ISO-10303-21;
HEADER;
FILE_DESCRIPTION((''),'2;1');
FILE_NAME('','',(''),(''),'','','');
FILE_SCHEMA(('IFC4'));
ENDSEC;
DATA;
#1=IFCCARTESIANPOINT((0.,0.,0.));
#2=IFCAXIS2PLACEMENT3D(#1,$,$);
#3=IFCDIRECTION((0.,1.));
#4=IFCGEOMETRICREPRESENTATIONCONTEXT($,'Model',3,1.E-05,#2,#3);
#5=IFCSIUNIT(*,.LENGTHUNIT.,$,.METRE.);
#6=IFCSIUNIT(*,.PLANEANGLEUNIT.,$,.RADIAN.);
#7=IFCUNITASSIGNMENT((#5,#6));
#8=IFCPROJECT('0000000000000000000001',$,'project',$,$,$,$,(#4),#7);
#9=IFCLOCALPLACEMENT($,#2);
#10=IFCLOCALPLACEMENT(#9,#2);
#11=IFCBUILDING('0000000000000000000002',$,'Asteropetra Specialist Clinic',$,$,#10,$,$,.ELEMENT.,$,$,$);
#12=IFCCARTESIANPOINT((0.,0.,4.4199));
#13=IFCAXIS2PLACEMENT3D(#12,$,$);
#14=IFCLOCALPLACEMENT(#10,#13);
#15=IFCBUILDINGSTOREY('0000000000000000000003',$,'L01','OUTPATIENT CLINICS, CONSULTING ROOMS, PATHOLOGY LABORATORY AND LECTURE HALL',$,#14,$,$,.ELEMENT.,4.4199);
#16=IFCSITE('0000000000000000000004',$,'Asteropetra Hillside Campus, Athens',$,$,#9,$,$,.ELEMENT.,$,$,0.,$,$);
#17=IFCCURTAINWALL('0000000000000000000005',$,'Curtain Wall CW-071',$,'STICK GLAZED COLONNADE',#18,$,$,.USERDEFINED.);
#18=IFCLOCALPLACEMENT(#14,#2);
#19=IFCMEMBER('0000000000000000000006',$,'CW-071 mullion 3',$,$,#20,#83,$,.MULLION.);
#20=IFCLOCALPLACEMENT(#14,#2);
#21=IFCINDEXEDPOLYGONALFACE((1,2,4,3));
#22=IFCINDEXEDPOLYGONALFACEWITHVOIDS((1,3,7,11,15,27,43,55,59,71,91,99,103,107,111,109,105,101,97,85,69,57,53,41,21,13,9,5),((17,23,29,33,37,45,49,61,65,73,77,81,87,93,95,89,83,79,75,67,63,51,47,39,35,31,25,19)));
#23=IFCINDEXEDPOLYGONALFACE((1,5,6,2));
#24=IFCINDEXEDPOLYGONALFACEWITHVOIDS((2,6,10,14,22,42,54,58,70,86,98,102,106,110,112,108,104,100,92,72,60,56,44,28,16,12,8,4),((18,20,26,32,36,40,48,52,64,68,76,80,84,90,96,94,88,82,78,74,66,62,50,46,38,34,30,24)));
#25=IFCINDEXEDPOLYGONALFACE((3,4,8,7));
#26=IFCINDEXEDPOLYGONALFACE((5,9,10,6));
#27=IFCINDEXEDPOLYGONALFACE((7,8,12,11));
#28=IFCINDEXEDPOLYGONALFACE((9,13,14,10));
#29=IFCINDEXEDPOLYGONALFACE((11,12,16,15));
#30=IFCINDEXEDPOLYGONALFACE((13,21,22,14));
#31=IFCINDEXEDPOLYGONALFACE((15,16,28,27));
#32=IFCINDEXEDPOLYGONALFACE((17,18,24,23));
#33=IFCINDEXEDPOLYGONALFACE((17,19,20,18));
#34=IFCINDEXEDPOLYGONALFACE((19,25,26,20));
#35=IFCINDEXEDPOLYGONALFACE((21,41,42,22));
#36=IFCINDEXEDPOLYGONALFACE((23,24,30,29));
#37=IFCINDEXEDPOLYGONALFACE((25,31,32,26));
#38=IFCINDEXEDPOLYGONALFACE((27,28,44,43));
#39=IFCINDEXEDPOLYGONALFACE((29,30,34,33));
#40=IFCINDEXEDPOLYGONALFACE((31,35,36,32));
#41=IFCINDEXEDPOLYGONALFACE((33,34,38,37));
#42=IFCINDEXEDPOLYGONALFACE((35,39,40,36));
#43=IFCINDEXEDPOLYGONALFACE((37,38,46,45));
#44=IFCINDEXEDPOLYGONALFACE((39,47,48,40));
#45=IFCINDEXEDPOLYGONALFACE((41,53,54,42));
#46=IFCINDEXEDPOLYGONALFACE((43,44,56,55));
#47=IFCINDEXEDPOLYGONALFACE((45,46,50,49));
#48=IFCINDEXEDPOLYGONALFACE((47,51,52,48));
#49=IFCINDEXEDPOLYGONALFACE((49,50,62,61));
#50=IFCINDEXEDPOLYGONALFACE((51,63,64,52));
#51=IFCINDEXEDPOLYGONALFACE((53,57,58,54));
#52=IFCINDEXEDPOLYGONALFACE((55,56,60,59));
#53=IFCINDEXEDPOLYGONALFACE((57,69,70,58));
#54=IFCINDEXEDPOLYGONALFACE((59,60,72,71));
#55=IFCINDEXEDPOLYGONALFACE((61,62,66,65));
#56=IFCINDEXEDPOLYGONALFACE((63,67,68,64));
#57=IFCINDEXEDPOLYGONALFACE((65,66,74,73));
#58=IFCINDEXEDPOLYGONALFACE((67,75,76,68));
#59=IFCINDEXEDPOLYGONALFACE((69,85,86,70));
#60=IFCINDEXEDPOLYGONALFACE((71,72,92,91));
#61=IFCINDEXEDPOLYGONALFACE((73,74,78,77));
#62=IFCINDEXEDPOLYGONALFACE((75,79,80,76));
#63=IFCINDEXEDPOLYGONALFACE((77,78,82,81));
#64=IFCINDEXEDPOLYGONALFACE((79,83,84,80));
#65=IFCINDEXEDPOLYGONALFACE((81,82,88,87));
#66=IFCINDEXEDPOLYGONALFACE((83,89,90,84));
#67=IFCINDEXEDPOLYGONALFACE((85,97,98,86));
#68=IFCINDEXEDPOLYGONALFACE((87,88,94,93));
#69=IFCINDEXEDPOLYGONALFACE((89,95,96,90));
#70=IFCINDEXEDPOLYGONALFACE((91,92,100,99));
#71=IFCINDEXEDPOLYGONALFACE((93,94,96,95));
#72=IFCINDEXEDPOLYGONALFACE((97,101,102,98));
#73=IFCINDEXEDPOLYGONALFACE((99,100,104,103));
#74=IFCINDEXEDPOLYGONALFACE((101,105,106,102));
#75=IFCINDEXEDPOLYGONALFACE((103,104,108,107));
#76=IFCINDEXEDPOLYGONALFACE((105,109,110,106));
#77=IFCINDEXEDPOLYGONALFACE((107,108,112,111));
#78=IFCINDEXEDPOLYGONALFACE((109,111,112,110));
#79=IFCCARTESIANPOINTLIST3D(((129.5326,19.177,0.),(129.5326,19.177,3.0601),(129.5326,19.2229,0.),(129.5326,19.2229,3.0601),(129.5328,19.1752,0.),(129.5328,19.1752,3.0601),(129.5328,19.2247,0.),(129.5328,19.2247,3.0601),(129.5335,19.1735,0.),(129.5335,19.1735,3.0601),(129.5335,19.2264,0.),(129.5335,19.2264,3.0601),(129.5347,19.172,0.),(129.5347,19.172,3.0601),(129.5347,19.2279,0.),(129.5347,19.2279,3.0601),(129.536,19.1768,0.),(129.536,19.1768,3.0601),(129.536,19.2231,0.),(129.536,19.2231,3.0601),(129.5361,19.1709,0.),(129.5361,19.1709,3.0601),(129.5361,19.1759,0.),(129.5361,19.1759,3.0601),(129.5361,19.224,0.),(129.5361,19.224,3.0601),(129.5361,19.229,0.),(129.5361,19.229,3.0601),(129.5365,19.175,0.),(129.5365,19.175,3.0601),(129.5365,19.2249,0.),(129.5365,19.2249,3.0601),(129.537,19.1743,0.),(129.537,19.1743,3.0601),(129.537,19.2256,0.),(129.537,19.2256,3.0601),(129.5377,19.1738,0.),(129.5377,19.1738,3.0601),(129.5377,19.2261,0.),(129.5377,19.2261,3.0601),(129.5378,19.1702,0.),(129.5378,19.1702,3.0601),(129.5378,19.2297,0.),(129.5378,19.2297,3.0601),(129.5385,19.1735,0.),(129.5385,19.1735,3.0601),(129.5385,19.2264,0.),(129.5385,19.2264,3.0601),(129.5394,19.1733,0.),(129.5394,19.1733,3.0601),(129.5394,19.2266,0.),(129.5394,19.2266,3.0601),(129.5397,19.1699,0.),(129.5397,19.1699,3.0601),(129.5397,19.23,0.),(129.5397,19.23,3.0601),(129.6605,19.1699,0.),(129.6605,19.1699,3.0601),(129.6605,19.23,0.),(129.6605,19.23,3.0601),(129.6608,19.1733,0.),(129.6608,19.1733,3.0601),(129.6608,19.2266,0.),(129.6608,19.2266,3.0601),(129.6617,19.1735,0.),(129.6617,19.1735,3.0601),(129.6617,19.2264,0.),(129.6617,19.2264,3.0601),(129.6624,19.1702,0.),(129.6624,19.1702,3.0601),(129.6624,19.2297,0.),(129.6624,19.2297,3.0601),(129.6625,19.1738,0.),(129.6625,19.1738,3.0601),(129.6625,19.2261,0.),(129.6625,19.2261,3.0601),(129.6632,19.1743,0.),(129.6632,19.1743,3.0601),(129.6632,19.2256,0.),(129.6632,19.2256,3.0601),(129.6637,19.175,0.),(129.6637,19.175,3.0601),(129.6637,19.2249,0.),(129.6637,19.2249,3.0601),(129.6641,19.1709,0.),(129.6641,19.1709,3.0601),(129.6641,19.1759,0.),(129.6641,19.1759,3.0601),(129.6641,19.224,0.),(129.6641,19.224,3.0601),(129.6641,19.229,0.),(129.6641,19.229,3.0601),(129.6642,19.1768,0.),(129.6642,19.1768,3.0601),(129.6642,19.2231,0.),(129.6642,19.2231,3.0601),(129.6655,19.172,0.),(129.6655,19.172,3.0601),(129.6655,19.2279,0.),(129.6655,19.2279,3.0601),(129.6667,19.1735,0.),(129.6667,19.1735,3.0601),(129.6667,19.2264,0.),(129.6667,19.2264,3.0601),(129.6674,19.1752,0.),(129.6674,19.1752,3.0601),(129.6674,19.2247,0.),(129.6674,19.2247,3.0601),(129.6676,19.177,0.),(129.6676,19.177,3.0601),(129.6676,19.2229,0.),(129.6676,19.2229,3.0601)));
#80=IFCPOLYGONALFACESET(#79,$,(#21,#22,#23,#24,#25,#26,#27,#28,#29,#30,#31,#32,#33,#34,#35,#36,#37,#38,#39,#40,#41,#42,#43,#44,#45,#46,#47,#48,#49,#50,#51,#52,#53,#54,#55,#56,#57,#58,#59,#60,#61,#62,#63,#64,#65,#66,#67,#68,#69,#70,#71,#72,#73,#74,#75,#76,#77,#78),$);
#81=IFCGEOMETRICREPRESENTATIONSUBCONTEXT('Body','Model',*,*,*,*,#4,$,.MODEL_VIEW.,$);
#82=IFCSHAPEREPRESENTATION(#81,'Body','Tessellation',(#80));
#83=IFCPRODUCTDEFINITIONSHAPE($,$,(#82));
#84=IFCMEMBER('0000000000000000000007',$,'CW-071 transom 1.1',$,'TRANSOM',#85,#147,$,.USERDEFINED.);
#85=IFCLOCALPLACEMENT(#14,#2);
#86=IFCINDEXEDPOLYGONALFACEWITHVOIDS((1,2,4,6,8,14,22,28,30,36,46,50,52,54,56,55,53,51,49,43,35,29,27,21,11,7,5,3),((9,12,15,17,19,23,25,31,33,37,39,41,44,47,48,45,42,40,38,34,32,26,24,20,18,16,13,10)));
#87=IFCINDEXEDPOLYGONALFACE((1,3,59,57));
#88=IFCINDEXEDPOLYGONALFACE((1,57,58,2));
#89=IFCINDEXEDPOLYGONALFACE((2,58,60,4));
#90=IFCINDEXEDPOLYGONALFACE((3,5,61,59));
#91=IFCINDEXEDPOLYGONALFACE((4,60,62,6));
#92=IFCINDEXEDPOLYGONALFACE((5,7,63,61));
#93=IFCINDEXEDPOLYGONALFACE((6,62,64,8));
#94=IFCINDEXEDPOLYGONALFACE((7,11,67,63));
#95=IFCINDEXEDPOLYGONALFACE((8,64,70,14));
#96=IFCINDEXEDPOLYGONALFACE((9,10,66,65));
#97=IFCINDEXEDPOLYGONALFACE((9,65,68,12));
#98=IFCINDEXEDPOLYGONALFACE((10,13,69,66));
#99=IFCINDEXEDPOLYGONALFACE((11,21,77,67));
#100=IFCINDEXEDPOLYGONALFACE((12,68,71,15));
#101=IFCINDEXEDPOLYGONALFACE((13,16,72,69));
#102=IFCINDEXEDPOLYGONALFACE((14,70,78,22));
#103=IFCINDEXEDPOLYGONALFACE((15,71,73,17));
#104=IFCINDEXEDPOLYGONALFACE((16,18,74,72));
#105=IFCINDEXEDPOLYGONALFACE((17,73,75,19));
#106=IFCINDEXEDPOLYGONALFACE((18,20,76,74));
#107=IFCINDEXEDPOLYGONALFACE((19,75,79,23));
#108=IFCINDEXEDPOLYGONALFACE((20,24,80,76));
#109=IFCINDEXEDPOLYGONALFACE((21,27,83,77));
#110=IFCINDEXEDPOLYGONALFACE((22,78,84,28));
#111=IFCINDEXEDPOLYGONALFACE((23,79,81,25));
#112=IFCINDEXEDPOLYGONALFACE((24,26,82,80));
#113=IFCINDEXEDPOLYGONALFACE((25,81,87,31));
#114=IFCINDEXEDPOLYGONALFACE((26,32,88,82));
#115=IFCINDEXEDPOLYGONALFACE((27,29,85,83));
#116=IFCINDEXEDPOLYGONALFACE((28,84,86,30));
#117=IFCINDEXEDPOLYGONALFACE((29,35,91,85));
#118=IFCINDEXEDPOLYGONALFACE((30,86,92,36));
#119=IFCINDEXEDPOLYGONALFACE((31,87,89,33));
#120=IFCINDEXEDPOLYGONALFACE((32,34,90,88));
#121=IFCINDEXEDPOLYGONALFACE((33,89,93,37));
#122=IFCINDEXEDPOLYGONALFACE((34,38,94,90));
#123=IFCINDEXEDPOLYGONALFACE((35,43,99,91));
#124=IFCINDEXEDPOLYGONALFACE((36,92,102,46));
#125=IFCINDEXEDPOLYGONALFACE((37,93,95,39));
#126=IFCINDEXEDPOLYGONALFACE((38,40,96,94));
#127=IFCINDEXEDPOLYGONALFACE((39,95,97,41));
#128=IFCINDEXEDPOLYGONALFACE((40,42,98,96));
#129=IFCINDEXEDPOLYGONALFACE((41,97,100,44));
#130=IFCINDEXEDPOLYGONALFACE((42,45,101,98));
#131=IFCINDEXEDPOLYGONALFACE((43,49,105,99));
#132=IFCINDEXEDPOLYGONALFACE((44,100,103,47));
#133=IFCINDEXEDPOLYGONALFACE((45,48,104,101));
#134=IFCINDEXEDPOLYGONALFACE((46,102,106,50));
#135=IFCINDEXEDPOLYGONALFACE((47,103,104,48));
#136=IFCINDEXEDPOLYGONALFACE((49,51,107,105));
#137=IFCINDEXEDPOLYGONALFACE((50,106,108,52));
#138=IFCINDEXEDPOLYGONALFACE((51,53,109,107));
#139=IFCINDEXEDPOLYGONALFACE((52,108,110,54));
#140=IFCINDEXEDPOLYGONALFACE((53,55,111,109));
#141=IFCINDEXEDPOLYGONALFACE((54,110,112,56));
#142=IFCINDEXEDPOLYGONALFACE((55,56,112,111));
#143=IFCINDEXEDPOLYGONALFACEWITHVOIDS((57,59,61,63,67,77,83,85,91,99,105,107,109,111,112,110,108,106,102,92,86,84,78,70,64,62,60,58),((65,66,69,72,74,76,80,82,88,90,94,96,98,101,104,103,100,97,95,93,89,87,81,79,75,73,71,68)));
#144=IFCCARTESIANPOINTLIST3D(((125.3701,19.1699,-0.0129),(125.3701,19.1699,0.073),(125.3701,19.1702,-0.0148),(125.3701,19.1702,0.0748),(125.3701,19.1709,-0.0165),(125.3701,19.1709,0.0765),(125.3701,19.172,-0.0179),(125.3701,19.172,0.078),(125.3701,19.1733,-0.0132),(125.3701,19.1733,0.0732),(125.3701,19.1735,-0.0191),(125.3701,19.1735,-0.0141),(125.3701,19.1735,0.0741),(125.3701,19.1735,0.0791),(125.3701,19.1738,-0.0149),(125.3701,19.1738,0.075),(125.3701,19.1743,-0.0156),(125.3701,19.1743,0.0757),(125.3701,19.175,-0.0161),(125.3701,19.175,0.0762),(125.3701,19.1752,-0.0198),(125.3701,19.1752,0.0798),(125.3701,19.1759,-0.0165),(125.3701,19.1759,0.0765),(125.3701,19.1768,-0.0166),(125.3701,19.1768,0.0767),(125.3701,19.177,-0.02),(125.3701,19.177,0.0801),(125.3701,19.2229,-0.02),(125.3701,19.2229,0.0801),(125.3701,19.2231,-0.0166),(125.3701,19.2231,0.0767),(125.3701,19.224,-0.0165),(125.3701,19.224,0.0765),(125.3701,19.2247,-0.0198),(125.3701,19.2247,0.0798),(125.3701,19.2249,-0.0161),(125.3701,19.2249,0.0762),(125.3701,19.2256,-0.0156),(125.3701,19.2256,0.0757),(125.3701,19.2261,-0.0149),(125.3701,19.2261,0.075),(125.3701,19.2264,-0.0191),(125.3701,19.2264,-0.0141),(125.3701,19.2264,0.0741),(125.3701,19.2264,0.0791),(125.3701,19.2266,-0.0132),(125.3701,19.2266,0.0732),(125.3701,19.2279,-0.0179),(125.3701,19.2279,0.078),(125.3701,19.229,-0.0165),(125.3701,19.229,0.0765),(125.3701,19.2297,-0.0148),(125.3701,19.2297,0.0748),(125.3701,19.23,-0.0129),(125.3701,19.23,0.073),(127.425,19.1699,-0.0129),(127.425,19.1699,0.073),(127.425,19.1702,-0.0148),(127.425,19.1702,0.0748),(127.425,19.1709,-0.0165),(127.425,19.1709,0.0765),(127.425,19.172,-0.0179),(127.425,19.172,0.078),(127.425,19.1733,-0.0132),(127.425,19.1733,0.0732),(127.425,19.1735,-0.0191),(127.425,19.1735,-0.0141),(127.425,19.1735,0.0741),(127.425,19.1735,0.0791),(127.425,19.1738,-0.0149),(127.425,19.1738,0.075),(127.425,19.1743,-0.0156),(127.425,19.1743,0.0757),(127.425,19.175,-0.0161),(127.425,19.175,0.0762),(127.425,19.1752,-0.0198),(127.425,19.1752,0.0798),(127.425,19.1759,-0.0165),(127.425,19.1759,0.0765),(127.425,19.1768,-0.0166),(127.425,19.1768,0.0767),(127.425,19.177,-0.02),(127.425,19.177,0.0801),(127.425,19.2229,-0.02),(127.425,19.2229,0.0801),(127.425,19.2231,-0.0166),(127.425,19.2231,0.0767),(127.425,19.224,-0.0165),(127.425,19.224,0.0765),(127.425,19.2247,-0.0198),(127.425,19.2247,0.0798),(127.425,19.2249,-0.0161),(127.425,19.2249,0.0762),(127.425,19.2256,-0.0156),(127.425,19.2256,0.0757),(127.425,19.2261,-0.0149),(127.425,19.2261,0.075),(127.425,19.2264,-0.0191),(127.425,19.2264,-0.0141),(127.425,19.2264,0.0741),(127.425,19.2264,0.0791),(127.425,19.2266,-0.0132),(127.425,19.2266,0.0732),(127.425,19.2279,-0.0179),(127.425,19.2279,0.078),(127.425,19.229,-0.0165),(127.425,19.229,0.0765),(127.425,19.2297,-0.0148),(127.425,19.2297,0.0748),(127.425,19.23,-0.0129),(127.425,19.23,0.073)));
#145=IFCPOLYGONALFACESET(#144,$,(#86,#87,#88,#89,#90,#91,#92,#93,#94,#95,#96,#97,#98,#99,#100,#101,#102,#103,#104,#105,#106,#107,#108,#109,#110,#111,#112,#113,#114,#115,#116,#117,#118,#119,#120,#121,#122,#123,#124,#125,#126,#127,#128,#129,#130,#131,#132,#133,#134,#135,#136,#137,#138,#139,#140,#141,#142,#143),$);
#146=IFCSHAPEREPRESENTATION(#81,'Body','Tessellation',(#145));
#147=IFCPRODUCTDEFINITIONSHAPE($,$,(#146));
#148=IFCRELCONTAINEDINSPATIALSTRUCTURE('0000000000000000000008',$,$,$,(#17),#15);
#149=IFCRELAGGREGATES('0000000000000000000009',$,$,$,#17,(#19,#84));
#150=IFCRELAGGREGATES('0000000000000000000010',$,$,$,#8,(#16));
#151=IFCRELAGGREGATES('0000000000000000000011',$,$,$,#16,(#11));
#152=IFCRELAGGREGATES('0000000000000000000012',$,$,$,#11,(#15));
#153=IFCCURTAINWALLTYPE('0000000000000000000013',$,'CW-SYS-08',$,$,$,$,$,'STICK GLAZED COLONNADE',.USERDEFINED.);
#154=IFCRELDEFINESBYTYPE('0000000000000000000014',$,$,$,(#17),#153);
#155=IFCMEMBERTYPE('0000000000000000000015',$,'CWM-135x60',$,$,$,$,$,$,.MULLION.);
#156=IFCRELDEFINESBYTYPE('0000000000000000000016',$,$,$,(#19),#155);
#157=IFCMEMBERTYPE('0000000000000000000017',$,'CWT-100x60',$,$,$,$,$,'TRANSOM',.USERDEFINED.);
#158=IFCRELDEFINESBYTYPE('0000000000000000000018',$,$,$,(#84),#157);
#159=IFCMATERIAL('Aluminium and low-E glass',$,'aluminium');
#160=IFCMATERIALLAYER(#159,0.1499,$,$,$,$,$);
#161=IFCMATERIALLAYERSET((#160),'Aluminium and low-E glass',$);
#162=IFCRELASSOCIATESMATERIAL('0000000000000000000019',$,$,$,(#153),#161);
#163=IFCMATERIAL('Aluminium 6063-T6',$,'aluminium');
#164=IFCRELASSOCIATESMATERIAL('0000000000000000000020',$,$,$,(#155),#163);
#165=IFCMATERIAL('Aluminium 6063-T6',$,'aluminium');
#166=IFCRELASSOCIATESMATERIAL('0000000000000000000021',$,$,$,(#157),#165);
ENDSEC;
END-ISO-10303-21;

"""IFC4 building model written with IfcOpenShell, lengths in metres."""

from ifc_helpers import new_model, si_unit, direction, frame, origin, origin_2d, place, context, subcontext, project, spatial, hollow_rectangle, extrude, material, layer, layer_set, material_profile, profile_set, type_object, element, aggregate, save


model = new_model("IFC4")

# Units and contexts
model_context = context("Model", 3, precision=1e-05, world=origin(), true_north=direction((0.0, 1.0)))
body_context = subcontext(model_context, "Body", "Model", "MODEL_VIEW")
ifc_project = project(units=[si_unit("LENGTHUNIT", "METRE"), si_unit("PLANEANGLEUNIT", "RADIAN")], contexts=[model_context])

# Site, building, storey
site_placement = place(None, origin())
site = spatial("IfcSite", under=ifc_project, at=site_placement, Name="Asteropetra Hillside Campus, Athens", CompositionType="ELEMENT", RefElevation=0.0)
building_placement = place(site_placement, origin())
building = spatial("IfcBuilding", under=site, at=building_placement, Name="Asteropetra Specialist Clinic", CompositionType="ELEMENT")
storey_placement = place(building_placement, frame((0.0, 0.0, 4.4199)))
storey = spatial("IfcBuildingStorey", under=building, at=storey_placement, Name="L01", Description="OUTPATIENT CLINICS, CONSULTING ROOMS, PATHOLOGY LABORATORY AND LECTURE HALL", CompositionType="ELEMENT", Elevation=4.4199)

# Curtain wall, members
ifc_material_1 = material(Name="Aluminium and low-E glass", Category="aluminium")
ifc_layer_1 = layer(ifc_material_1, 0.1499)
ifc_layer_set_1 = layer_set([ifc_layer_1], Name="Aluminium and low-E glass")
curtain_wall_type = type_object("IfcCurtainWallType", Name="CW-SYS-08", ElementType="STICK GLAZED COLONNADE", PredefinedType="USERDEFINED", material=ifc_layer_set_1)
curtain_wall_placement = place(storey_placement, origin())
curtain_wall = element("IfcCurtainWall", 1, at=curtain_wall_placement, inside=storey, type_object=curtain_wall_type, Name="Curtain Wall CW-071", ObjectType="STICK GLAZED COLONNADE", PredefinedType="USERDEFINED")
ifc_material_2 = material(Name="Aluminium 6063-T6", Category="aluminium")
ifc_material_profile_1 = material_profile(ifc_material_2, hollow_rectangle(XDim=0.0601, YDim=0.135, WallThickness=0.0034, InnerFilletRadius=0.0034, OuterFilletRadius=0.0071, at=origin_2d()), Name="MUL 135x60x3.5")
ifc_profile_set_1 = profile_set([ifc_material_profile_1], Name="Aluminium 6063-T6")
member_type_1 = type_object("IfcMemberType", Name="CWM-135x60", PredefinedType="MULLION", material=ifc_profile_set_1)
member_1_placement = place(storey_placement, frame((129.6001, 19.2, 0.0), z_axis=(0.0, 0.0, 1.0), x_axis=(0.0, 1.0, 0.0)))
member_1 = element("IfcMember", 2, at=member_1_placement, type_object=member_type_1, Name="CW-071 mullion 3", PredefinedType="MULLION", context=body_context, shape_type="SweptSolid", body=[
    extrude(hollow_rectangle(XDim=0.0601, YDim=0.135, WallThickness=0.0034, InnerFilletRadius=0.0034, OuterFilletRadius=0.0071, at=origin_2d()), origin(), (0.0, 0.0, 1.0), 3.0601),
])
ifc_material_3 = material(Name="Aluminium 6063-T6", Category="aluminium")
ifc_material_profile_2 = material_profile(ifc_material_3, hollow_rectangle(XDim=0.0601, YDim=0.1001, WallThickness=0.0034, InnerFilletRadius=0.0034, OuterFilletRadius=0.0071, at=origin_2d()), Name="TRN 100x60x3.5")
ifc_profile_set_2 = profile_set([ifc_material_profile_2], Name="Aluminium 6063-T6")
member_type_2 = type_object("IfcMemberType", Name="CWT-100x60", ElementType="TRANSOM", PredefinedType="USERDEFINED", material=ifc_profile_set_2)
member_2_placement = place(storey_placement, frame((125.3701, 19.2, 0.03), z_axis=(1.0, 0.0, 0.0), x_axis=(0.0, 1.0, 0.0)))
member_2 = element("IfcMember", 3, at=member_2_placement, type_object=member_type_2, Name="CW-071 transom 1.1", ObjectType="TRANSOM", PredefinedType="USERDEFINED", context=body_context, shape_type="SweptSolid", body=[
    extrude(hollow_rectangle(XDim=0.0601, YDim=0.1001, WallThickness=0.0034, InnerFilletRadius=0.0034, OuterFilletRadius=0.0071, at=origin_2d()), origin(), (0.0, 0.0, 1.0), 2.0549),
])
aggregate(curtain_wall, [member_1, member_2])

save(model, "model.ifc")
